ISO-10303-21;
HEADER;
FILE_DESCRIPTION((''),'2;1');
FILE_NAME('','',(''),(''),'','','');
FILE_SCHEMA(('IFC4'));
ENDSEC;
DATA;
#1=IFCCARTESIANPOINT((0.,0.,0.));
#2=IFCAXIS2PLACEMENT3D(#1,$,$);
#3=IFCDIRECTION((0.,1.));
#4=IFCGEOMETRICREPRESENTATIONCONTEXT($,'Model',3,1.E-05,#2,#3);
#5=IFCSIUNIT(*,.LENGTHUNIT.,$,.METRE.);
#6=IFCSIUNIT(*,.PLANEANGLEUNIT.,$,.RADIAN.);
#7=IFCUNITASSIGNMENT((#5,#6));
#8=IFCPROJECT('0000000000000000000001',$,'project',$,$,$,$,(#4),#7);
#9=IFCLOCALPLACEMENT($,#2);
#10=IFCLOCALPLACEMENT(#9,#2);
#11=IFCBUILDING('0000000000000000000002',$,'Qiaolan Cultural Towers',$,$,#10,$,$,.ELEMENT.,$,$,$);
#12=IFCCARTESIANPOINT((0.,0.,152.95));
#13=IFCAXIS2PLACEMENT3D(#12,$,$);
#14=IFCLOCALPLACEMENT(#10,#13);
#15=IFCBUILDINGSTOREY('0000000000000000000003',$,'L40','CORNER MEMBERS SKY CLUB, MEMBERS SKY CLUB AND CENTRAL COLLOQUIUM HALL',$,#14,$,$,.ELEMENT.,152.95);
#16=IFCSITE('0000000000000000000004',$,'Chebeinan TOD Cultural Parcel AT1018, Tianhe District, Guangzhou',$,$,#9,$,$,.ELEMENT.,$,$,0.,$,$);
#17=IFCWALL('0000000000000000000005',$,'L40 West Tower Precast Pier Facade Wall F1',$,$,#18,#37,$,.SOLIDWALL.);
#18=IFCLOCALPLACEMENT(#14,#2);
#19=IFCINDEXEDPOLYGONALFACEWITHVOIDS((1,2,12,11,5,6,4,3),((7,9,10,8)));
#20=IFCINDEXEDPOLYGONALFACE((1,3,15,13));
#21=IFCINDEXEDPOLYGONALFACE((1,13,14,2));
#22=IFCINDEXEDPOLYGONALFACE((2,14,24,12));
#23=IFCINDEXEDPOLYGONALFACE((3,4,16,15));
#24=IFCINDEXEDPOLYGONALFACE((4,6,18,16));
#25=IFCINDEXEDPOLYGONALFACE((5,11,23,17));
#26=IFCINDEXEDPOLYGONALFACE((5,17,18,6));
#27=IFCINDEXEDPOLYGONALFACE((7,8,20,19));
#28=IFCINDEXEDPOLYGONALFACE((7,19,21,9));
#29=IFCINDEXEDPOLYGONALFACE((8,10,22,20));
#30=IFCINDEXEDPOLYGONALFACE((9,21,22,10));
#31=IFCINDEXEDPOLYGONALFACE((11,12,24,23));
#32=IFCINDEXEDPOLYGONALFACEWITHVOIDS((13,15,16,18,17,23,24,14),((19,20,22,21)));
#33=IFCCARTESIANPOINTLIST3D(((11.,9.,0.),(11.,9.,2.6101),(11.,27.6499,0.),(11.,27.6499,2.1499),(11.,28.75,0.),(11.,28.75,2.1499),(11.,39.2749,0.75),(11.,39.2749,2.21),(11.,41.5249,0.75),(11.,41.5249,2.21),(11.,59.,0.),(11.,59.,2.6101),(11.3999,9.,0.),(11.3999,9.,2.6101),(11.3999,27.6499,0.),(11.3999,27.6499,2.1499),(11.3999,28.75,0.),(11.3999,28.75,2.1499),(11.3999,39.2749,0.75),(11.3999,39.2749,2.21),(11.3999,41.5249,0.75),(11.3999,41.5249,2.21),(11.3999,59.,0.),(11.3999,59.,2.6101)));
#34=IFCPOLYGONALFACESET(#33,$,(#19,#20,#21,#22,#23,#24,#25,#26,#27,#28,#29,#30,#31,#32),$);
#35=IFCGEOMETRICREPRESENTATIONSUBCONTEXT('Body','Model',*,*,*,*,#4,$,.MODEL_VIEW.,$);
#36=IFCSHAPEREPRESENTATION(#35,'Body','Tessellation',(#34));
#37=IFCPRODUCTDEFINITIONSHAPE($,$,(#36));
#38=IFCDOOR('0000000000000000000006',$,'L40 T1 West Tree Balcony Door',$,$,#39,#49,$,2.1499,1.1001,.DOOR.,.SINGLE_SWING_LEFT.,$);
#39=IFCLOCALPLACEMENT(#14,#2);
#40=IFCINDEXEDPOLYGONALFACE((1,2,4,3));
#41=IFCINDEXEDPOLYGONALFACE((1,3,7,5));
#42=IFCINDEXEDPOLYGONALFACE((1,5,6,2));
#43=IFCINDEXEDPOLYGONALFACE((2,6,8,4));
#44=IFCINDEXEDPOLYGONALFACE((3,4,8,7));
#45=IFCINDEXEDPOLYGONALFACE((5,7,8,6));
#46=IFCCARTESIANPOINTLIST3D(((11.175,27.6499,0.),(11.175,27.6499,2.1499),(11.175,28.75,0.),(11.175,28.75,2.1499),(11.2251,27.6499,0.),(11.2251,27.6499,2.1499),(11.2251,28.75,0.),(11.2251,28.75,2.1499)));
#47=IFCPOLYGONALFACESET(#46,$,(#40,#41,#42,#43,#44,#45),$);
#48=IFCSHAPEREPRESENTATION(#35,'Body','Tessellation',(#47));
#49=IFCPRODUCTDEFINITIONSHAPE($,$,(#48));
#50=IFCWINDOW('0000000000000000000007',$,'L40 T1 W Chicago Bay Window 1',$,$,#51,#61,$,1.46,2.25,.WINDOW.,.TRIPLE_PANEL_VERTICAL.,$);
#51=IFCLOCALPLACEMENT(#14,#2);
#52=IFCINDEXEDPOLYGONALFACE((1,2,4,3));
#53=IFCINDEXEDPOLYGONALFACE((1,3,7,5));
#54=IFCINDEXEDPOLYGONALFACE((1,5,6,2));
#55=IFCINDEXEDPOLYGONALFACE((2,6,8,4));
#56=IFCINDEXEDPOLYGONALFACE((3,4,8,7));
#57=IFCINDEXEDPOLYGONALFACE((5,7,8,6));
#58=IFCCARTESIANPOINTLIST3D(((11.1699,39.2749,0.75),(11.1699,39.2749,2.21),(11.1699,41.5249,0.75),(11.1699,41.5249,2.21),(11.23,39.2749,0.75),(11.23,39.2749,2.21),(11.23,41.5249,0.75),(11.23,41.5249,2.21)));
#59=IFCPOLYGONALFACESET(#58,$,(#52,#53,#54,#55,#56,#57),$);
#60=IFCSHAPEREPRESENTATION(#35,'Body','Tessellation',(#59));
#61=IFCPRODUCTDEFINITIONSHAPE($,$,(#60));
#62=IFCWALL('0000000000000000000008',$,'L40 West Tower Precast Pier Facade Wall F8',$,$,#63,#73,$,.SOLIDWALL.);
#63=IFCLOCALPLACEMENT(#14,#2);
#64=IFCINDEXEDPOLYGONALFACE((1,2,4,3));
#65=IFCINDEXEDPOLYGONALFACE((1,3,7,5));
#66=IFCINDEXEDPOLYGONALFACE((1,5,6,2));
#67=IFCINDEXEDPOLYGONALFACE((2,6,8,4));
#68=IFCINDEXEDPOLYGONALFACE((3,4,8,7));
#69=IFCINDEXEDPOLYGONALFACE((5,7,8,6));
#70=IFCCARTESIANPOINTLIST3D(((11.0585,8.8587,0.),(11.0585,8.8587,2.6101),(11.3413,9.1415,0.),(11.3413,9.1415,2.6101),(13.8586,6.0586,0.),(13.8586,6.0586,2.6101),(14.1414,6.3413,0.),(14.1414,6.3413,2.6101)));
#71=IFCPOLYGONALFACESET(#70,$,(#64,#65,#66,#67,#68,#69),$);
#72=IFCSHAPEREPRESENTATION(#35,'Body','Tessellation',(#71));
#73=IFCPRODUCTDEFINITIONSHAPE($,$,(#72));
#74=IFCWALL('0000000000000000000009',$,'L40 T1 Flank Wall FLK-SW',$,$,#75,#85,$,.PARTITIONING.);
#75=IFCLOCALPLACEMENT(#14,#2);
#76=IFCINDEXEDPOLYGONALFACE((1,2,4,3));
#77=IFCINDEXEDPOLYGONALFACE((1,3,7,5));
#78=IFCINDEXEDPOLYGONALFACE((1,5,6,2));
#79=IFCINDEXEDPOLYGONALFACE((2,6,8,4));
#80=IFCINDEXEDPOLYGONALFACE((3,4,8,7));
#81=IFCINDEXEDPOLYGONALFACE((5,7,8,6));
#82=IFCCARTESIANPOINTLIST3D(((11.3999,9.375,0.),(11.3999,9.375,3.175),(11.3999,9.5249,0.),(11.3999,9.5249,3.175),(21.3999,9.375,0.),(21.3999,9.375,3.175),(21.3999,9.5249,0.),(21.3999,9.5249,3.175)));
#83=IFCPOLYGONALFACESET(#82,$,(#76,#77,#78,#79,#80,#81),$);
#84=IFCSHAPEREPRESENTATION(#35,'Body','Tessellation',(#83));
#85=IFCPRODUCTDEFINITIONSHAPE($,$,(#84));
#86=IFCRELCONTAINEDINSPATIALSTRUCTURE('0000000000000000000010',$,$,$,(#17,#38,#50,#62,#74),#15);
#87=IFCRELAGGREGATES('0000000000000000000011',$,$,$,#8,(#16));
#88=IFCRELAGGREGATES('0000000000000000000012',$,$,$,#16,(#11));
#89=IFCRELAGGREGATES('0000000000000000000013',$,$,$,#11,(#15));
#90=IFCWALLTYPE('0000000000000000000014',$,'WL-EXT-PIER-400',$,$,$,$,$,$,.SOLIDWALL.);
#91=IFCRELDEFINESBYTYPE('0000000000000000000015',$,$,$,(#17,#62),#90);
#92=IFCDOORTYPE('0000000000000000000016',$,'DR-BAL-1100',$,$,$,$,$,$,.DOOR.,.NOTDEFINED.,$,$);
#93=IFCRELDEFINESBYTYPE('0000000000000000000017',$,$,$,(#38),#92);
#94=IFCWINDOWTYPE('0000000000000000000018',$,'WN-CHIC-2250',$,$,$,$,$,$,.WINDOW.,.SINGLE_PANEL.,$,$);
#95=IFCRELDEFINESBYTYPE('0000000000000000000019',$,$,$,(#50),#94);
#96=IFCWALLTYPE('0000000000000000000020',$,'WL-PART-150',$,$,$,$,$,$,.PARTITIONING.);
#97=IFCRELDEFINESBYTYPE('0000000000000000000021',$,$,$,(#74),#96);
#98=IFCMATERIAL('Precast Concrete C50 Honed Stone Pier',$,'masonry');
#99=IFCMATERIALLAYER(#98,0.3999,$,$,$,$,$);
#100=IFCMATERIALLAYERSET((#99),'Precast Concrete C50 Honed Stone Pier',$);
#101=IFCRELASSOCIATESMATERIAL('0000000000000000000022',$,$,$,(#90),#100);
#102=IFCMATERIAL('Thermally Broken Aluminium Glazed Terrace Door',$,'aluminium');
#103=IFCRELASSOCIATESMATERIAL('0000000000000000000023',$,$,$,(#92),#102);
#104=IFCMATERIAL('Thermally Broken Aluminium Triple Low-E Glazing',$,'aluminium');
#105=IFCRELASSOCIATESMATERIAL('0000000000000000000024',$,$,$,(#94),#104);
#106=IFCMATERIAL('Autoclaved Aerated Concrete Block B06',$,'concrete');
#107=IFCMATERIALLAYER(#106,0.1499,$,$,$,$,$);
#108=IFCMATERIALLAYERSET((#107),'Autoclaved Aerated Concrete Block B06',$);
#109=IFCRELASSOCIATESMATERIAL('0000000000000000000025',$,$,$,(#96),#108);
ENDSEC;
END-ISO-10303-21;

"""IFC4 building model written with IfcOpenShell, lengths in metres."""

from ifc_helpers import new_model, si_unit, direction, frame, frame_2d, origin, place, context, subcontext, project, spatial, rectangle, extrude, material, layer, layer_set, type_object, element, fill, save


model = new_model("IFC4")

# Units and contexts
model_context = context("Model", 3, precision=1e-05, world=origin(), true_north=direction((0.0, 1.0)))
body_context = subcontext(model_context, "Body", "Model", "MODEL_VIEW")
ifc_project = project(units=[si_unit("LENGTHUNIT", "METRE"), si_unit("PLANEANGLEUNIT", "RADIAN")], contexts=[model_context])

# Site, building, storey
site_placement = place(None, origin())
site = spatial("IfcSite", under=ifc_project, at=site_placement, Name="Chebeinan TOD Cultural Parcel AT1018, Tianhe District, Guangzhou", CompositionType="ELEMENT", RefElevation=0.0)
building_placement = place(site_placement, origin())
building = spatial("IfcBuilding", under=site, at=building_placement, Name="Qiaolan Cultural Towers", CompositionType="ELEMENT")
storey_placement = place(building_placement, frame((0.0, 0.0, 152.95)))
storey = spatial("IfcBuildingStorey", under=building, at=storey_placement, Name="L40", Description="CORNER MEMBERS SKY CLUB, MEMBERS SKY CLUB AND CENTRAL COLLOQUIUM HALL", CompositionType="ELEMENT", Elevation=152.95)

# Wall, openings, door, window
ifc_material_1 = material(Name="Precast Concrete C50 Honed Stone Pier", Category="masonry")
ifc_layer_1 = layer(ifc_material_1, 0.3999)
ifc_layer_set_1 = layer_set([ifc_layer_1], Name="Precast Concrete C50 Honed Stone Pier")
wall_type_1 = type_object("IfcWallType", Name="WL-EXT-PIER-400", PredefinedType="SOLIDWALL", material=ifc_layer_set_1)
wall_1_placement = place(storey_placement, frame((11.2, 9.0, 0.0), z_axis=(0.0, 0.0, 1.0), x_axis=(0.0, 1.0, 0.0)))
wall_1 = element("IfcWall", 1, at=wall_1_placement, inside=storey, type_object=wall_type_1, Name="L40 West Tower Precast Pier Facade Wall F1", PredefinedType="SOLIDWALL", context=body_context, shape_type="SweptSolid", body=[
    extrude(rectangle(XDim=50.0, YDim=0.3999, at=frame_2d((25.0, 0.0))), origin(), (0.0, 0.0, 1.0), 2.6101),
])
opening_1_placement = place(wall_1_placement, frame((30.2749, 0.0, 0.75)))
opening_1 = element("IfcOpeningElement", 2, at=opening_1_placement, cuts=wall_1, PredefinedType="OPENING", context=body_context, shape_type="SweptSolid", body=[
    extrude(rectangle(XDim=2.25, YDim=1.46, at=frame_2d((1.125, 0.73))), frame((0.0, 0.21, 0.0), z_axis=(0.0, -1.0, 0.0), x_axis=(1.0, 0.0, 0.0)), (0.0, 0.0, 1.0), 0.4199),
])
opening_2_placement = place(wall_1_placement, frame((18.6499, 0.0, 0.0)))
opening_2 = element("IfcOpeningElement", 3, at=opening_2_placement, cuts=wall_1, PredefinedType="OPENING", context=body_context, shape_type="SweptSolid", body=[
    extrude(rectangle(XDim=1.1001, YDim=2.1499, at=frame_2d((0.55, 1.075))), frame((0.0, 0.21, 0.0), z_axis=(0.0, -1.0, 0.0), x_axis=(1.0, 0.0, 0.0)), (0.0, 0.0, 1.0), 0.4199),
])
ifc_material_2 = material(Name="Thermally Broken Aluminium Glazed Terrace Door", Category="aluminium")
door_type = type_object("IfcDoorType", Name="DR-BAL-1100", OperationType="NOTDEFINED", PredefinedType="DOOR", material=ifc_material_2)
door_placement = place(opening_2_placement, origin())
door = element("IfcDoor", 4, at=door_placement, inside=storey, type_object=door_type, Name="L40 T1 West Tree Balcony Door", OperationType="SINGLE_SWING_LEFT", OverallHeight=2.1499, OverallWidth=1.1001, PredefinedType="DOOR", context=body_context, shape_type="SweptSolid", body=[
    extrude(rectangle(XDim=1.1001, YDim=2.1499, at=frame_2d((0.55, 1.075))), frame((0.0, 0.0249, 0.0), z_axis=(0.0, -1.0, 0.0), x_axis=(1.0, 0.0, 0.0)), (0.0, 0.0, 1.0), 0.05),
])
fill(opening_2, door)
ifc_material_3 = material(Name="Thermally Broken Aluminium Triple Low-E Glazing", Category="aluminium")
window_type = type_object("IfcWindowType", Name="WN-CHIC-2250", PartitioningType="SINGLE_PANEL", PredefinedType="WINDOW", material=ifc_material_3)
window_placement = place(opening_1_placement, origin())
window = element("IfcWindow", 5, at=window_placement, inside=storey, type_object=window_type, Name="L40 T1 W Chicago Bay Window 1", OverallHeight=1.46, OverallWidth=2.25, PartitioningType="TRIPLE_PANEL_VERTICAL", PredefinedType="WINDOW", context=body_context, shape_type="SweptSolid", body=[
    extrude(rectangle(XDim=2.25, YDim=1.46, at=frame_2d((1.125, 0.73))), frame((0.0, 0.03, 0.0), z_axis=(0.0, -1.0, 0.0), x_axis=(1.0, 0.0, 0.0)), (0.0, 0.0, 1.0), 0.0601),
])
fill(opening_1, window)

# Walls
wall_2_placement = place(storey_placement, frame((14.0, 6.2, 0.0), z_axis=(0.0, 0.0, 1.0), x_axis=(-0.707107, 0.707107, 0.0)))
element("IfcWall", 6, at=wall_2_placement, inside=storey, type_object=wall_type_1, Name="L40 West Tower Precast Pier Facade Wall F8", PredefinedType="SOLIDWALL", context=body_context, shape_type="SweptSolid", body=[
    extrude(rectangle(XDim=3.96, YDim=0.3999, at=frame_2d((1.98, 0.0))), origin(), (0.0, 0.0, 1.0), 2.6101),
])
ifc_material_4 = material(Name="Autoclaved Aerated Concrete Block B06", Category="concrete")
ifc_layer_2 = layer(ifc_material_4, 0.1499)
ifc_layer_set_2 = layer_set([ifc_layer_2], Name="Autoclaved Aerated Concrete Block B06")
wall_type_2 = type_object("IfcWallType", Name="WL-PART-150", PredefinedType="PARTITIONING", material=ifc_layer_set_2)
wall_3_placement = place(storey_placement, frame((11.3999, 9.45, 0.0), z_axis=(0.0, 0.0, 1.0), x_axis=(1.0, 0.0, 0.0)))
element("IfcWall", 7, at=wall_3_placement, inside=storey, type_object=wall_type_2, Name="L40 T1 Flank Wall FLK-SW", PredefinedType="PARTITIONING", context=body_context, shape_type="SweptSolid", body=[
    extrude(rectangle(XDim=10.0, YDim=0.1499, at=frame_2d((5.0, 0.0))), origin(), (0.0, 0.0, 1.0), 3.175),
])

save(model, "model.ifc")
